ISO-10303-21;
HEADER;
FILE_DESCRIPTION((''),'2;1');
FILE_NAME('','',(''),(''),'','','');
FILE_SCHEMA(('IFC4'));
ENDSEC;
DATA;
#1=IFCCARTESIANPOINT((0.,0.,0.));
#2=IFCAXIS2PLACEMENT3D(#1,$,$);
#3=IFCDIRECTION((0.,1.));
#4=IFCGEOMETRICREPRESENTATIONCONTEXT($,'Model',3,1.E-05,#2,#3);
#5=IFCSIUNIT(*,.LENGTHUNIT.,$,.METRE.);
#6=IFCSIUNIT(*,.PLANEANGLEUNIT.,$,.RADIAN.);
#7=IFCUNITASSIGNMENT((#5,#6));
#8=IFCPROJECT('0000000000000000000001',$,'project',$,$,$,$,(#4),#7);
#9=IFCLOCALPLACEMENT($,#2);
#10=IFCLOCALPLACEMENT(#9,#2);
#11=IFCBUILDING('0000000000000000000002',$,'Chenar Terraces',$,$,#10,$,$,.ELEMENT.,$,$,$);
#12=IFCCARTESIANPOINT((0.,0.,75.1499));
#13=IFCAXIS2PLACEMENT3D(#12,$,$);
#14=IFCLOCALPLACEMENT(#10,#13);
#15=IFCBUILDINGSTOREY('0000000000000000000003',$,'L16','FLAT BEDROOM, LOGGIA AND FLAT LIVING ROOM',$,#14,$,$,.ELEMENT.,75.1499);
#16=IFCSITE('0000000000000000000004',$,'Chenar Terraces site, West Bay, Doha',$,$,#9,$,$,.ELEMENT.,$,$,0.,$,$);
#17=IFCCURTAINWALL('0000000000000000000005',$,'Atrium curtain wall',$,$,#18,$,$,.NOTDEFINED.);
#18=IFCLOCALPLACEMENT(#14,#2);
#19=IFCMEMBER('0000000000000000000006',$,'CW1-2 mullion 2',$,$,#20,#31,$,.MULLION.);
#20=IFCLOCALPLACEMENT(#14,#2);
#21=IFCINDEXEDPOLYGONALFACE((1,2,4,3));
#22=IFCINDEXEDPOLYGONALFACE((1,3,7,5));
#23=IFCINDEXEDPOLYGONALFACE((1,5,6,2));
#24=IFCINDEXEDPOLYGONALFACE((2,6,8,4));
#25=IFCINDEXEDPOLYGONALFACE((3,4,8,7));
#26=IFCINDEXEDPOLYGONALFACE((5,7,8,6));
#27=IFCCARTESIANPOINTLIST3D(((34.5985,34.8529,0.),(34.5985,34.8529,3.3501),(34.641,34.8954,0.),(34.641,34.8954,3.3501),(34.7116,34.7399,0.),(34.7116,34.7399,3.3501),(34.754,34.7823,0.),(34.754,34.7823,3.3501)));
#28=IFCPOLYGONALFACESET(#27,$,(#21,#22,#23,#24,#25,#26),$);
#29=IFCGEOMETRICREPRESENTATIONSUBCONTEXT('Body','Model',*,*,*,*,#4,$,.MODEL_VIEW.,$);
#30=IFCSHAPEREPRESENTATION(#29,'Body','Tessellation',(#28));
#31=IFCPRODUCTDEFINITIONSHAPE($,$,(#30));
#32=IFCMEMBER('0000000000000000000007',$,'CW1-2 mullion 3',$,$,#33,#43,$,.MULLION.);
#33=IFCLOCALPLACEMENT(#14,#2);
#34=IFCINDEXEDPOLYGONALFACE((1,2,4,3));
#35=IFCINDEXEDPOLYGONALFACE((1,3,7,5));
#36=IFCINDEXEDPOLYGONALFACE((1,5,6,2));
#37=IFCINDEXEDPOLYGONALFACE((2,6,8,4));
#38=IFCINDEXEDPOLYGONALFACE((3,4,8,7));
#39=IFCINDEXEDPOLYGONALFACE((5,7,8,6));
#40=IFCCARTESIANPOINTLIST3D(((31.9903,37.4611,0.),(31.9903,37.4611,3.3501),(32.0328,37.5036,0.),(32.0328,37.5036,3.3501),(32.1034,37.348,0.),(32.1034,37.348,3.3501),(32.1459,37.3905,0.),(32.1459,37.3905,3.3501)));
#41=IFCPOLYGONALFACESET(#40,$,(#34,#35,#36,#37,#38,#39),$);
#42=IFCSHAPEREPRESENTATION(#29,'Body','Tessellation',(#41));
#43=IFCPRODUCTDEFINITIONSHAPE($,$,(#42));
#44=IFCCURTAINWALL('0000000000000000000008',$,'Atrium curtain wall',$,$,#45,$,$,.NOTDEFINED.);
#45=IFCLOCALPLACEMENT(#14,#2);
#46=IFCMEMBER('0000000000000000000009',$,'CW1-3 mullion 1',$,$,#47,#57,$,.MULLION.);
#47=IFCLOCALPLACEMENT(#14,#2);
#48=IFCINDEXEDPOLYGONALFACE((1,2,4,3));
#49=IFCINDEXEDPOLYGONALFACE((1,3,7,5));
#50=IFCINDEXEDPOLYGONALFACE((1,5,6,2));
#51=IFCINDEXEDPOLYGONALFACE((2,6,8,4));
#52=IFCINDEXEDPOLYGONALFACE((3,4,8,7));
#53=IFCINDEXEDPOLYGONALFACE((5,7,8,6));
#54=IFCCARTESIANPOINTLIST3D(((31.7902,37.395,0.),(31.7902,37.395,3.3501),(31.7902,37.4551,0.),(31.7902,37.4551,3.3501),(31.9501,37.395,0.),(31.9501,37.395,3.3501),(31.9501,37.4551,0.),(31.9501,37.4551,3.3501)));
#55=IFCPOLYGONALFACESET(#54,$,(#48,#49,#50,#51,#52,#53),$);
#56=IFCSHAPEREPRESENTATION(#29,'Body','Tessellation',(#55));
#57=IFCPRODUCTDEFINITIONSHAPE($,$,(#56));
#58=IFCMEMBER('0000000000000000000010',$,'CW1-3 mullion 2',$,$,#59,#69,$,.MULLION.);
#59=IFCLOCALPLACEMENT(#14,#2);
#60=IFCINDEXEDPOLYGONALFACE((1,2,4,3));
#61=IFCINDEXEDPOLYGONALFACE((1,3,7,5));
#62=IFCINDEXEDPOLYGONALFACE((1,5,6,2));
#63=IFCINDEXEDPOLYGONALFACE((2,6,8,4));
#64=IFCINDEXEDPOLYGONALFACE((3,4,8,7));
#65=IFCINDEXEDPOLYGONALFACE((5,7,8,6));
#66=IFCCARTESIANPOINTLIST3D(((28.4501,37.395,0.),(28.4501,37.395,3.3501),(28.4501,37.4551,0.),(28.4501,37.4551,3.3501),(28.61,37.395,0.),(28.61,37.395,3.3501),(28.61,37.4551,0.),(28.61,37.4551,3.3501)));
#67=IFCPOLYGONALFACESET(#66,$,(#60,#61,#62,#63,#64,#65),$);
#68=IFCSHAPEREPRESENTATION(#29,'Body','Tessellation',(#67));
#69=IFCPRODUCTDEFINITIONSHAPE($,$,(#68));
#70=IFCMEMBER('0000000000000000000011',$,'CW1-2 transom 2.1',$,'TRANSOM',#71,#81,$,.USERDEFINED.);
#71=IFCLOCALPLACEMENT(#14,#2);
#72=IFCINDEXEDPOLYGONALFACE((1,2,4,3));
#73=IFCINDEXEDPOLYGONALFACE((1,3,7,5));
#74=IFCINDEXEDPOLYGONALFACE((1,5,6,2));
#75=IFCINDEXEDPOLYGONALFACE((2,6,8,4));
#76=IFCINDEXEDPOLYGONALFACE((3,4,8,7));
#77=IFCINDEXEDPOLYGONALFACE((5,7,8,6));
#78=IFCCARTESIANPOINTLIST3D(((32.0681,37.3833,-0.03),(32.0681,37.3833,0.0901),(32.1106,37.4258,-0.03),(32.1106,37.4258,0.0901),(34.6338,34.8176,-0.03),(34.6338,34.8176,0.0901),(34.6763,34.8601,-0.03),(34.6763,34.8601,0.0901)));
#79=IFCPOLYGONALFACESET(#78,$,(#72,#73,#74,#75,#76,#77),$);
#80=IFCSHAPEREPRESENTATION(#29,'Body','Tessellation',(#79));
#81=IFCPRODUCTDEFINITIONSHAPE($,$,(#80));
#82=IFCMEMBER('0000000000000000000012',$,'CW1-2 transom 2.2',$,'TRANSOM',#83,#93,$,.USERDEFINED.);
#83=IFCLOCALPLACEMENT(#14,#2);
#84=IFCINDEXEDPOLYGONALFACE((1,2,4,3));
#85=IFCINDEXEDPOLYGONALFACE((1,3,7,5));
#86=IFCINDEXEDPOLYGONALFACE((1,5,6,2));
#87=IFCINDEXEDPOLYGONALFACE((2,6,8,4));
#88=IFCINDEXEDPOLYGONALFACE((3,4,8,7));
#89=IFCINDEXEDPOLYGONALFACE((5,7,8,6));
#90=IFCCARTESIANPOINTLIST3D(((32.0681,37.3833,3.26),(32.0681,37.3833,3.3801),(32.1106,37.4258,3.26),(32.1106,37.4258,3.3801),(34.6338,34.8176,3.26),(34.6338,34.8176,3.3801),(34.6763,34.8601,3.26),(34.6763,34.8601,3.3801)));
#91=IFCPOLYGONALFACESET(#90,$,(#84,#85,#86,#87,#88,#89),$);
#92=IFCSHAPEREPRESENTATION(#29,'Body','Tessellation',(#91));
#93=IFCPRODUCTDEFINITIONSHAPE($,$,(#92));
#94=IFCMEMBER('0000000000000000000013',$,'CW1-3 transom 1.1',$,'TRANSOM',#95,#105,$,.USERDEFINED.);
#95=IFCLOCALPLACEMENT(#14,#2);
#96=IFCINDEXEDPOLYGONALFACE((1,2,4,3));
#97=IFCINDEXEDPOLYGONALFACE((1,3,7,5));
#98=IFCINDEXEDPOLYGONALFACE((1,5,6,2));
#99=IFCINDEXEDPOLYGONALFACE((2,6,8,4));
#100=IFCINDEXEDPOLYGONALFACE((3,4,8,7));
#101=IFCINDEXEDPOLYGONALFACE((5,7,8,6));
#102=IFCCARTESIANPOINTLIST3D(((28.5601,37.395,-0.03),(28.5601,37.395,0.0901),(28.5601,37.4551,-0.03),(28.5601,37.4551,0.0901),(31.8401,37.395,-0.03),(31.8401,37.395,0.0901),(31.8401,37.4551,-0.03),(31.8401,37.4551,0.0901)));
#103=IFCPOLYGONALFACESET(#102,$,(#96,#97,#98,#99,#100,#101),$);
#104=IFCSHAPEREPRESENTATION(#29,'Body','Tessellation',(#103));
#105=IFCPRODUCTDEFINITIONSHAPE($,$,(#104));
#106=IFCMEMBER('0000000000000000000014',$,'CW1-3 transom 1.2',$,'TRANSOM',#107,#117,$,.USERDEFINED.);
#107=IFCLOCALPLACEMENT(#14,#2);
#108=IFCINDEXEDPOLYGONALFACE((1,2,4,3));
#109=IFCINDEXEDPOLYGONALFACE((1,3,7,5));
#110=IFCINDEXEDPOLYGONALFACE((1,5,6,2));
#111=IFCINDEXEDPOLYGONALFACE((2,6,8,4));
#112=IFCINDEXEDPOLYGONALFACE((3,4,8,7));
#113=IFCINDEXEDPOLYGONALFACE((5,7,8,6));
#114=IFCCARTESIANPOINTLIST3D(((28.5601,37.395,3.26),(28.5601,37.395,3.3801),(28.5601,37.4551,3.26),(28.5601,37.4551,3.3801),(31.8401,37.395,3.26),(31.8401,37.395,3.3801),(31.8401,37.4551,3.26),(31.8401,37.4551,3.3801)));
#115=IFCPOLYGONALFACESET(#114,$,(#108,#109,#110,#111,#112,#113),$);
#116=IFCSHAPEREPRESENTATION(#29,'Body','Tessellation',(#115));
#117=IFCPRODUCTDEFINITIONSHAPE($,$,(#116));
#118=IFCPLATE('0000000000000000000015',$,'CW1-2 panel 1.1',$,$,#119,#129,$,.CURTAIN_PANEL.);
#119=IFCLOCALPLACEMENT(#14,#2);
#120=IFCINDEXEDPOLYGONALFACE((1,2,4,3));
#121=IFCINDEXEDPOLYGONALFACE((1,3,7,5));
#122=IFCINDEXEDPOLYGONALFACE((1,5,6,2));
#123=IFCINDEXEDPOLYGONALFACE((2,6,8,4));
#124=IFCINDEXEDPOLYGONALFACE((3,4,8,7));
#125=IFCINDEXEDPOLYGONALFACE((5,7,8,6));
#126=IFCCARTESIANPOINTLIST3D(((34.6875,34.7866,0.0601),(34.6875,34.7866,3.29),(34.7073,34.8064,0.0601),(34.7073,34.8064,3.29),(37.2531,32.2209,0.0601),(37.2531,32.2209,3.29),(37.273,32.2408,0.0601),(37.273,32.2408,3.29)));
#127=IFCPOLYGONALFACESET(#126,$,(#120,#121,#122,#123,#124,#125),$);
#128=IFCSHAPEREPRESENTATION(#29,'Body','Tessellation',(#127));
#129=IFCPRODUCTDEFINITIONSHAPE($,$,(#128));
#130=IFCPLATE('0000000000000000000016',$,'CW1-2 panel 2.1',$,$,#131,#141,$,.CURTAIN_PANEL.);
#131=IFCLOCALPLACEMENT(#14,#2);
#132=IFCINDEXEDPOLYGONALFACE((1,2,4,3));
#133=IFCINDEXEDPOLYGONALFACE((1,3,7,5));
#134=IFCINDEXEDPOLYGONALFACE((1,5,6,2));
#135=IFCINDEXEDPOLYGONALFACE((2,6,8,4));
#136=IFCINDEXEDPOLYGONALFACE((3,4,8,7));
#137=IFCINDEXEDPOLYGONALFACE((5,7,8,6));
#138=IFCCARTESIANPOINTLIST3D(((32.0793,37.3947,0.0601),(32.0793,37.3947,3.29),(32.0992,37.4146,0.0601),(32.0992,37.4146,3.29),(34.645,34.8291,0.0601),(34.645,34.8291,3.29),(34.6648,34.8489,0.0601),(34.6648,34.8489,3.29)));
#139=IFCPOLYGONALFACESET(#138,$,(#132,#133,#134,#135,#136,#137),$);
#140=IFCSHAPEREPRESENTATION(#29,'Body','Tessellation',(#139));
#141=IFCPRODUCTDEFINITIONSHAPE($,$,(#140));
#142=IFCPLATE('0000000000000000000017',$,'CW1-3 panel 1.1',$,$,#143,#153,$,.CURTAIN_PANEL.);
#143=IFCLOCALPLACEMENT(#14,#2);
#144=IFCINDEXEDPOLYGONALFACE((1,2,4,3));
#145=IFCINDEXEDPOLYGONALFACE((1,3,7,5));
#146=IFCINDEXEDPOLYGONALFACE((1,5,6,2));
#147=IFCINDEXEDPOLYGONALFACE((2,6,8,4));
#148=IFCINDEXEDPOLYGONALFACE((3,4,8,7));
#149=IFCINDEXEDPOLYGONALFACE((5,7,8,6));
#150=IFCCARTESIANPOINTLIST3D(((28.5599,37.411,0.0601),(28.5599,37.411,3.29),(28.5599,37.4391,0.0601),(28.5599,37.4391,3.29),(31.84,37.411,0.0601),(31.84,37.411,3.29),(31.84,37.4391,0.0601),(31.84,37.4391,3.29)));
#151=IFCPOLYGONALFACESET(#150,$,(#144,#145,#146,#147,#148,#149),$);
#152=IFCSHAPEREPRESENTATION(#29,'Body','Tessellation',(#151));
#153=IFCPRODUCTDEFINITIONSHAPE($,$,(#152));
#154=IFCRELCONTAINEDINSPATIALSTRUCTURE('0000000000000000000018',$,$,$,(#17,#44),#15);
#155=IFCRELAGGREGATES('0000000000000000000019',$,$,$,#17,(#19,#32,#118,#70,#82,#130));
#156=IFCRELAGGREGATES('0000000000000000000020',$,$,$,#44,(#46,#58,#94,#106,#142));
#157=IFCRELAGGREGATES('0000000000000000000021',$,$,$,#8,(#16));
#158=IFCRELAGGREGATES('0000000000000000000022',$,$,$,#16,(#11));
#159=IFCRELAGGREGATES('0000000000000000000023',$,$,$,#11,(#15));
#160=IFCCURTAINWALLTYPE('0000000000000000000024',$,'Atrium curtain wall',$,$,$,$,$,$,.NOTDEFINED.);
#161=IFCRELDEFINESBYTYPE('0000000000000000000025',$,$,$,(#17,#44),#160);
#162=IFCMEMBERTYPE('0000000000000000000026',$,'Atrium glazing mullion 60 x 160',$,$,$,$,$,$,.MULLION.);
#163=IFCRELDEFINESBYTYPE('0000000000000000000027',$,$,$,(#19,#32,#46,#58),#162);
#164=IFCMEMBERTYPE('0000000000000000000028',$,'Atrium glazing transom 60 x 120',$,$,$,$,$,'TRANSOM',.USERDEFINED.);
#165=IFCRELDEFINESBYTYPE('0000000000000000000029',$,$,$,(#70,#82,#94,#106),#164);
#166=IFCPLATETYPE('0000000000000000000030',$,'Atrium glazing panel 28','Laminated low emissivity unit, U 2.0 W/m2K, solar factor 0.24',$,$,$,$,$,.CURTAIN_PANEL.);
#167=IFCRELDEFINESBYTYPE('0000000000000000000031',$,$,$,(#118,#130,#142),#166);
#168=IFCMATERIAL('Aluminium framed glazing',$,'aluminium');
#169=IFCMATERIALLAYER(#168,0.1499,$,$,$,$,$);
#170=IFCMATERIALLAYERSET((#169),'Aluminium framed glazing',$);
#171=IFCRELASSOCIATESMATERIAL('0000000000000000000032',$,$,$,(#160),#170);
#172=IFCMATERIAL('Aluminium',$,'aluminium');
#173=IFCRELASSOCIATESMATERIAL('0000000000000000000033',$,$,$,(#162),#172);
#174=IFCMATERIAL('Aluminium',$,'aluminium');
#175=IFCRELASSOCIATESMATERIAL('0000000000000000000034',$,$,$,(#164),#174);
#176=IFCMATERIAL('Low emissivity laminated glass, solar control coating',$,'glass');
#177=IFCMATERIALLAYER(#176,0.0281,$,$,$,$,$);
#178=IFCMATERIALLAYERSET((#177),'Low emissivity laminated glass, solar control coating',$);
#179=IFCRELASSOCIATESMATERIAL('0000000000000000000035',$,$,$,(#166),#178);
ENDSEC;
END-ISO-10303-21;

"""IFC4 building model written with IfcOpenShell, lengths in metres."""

from ifc_helpers import new_model, si_unit, direction, frame, origin, origin_2d, place, context, subcontext, project, spatial, rectangle, extrude, material, layer, layer_set, material_profile, profile_set, type_object, element, aggregate, save


model = new_model("IFC4")

# Units and contexts
model_context = context("Model", 3, precision=1e-05, world=origin(), true_north=direction((0.0, 1.0)))
body_context = subcontext(model_context, "Body", "Model", "MODEL_VIEW")
ifc_project = project(units=[si_unit("LENGTHUNIT", "METRE"), si_unit("PLANEANGLEUNIT", "RADIAN")], contexts=[model_context])

# Site, building, storey
site_placement = place(None, origin())
site = spatial("IfcSite", under=ifc_project, at=site_placement, Name="Chenar Terraces site, West Bay, Doha", CompositionType="ELEMENT", RefElevation=0.0)
building_placement = place(site_placement, origin())
building = spatial("IfcBuilding", under=site, at=building_placement, Name="Chenar Terraces", CompositionType="ELEMENT")
storey_placement = place(building_placement, frame((0.0, 0.0, 75.1499)))
storey = spatial("IfcBuildingStorey", under=building, at=storey_placement, Name="L16", Description="FLAT BEDROOM, LOGGIA AND FLAT LIVING ROOM", CompositionType="ELEMENT", Elevation=75.1499)

# Curtain walls, members
ifc_material_1 = material(Name="Aluminium framed glazing", Category="aluminium")
ifc_layer_1 = layer(ifc_material_1, 0.1499)
ifc_layer_set_1 = layer_set([ifc_layer_1], Name="Aluminium framed glazing")
curtain_wall_type = type_object("IfcCurtainWallType", Name="Atrium curtain wall", PredefinedType="NOTDEFINED", material=ifc_layer_set_1)
placement = place(storey_placement, origin())
curtain_wall_1 = element("IfcCurtainWall", 1, at=placement, inside=storey, type_object=curtain_wall_type, Name="Atrium curtain wall", PredefinedType="NOTDEFINED")
ifc_material_2 = material(Name="Aluminium", Category="aluminium")
ifc_material_profile_1 = material_profile(ifc_material_2, rectangle(XDim=0.0601, YDim=0.1599, at=origin_2d()), Name="Atrium glazing mullion 60 x 160")
ifc_profile_set_1 = profile_set([ifc_material_profile_1], Name="Aluminium")
member_type_1 = type_object("IfcMemberType", Name="Atrium glazing mullion 60 x 160", PredefinedType="MULLION", material=ifc_profile_set_1)
member_1_placement = place(storey_placement, frame((34.6763, 34.8176, 0.0), z_axis=(0.0, 0.0, 1.0), x_axis=(-0.707107, -0.707107, 0.0)))
member_1 = element("IfcMember", 2, at=member_1_placement, type_object=member_type_1, Name="CW1-2 mullion 2", PredefinedType="MULLION", context=body_context, shape_type="SweptSolid", body=[
    extrude(rectangle(XDim=0.0601, YDim=0.1599, at=origin_2d()), origin(), (0.0, 0.0, 1.0), 3.3501),
])
member_2_placement = place(storey_placement, frame((32.0681, 37.4258, 0.0), z_axis=(0.0, 0.0, 1.0), x_axis=(-0.707107, -0.707107, 0.0)))
member_2 = element("IfcMember", 3, at=member_2_placement, type_object=member_type_1, Name="CW1-2 mullion 3", PredefinedType="MULLION", context=body_context, shape_type="SweptSolid", body=[
    extrude(rectangle(XDim=0.0601, YDim=0.1599, at=origin_2d()), origin(), (0.0, 0.0, 1.0), 3.3501),
])
curtain_wall_2 = element("IfcCurtainWall", 4, at=placement, inside=storey, type_object=curtain_wall_type, Name="Atrium curtain wall", PredefinedType="NOTDEFINED")
member_3_placement = place(storey_placement, frame((31.8701, 37.425, 0.0), z_axis=(0.0, 0.0, 1.0), x_axis=(0.0, -1.0, 0.0)))
member_3 = element("IfcMember", 5, at=member_3_placement, type_object=member_type_1, Name="CW1-3 mullion 1", PredefinedType="MULLION", context=body_context, shape_type="SweptSolid", body=[
    extrude(rectangle(XDim=0.0601, YDim=0.1599, at=origin_2d()), origin(), (0.0, 0.0, 1.0), 3.3501),
])
member_4_placement = place(storey_placement, frame((28.53, 37.425, 0.0), z_axis=(0.0, 0.0, 1.0), x_axis=(0.0, -1.0, 0.0)))
member_4 = element("IfcMember", 6, at=member_4_placement, type_object=member_type_1, Name="CW1-3 mullion 2", PredefinedType="MULLION", context=body_context, shape_type="SweptSolid", body=[
    extrude(rectangle(XDim=0.0601, YDim=0.1599, at=origin_2d()), origin(), (0.0, 0.0, 1.0), 3.3501),
])

# Members
ifc_material_3 = material(Name="Aluminium", Category="aluminium")
ifc_material_profile_2 = material_profile(ifc_material_3, rectangle(XDim=0.0601, YDim=0.1201, at=origin_2d()), Name="Atrium glazing transom 60 x 120")
ifc_profile_set_2 = profile_set([ifc_material_profile_2], Name="Aluminium")
member_type_2 = type_object("IfcMemberType", Name="Atrium glazing transom 60 x 120", ElementType="TRANSOM", PredefinedType="USERDEFINED", material=ifc_profile_set_2)
member_5_placement = place(storey_placement, frame((34.655, 34.8389, 0.03), z_axis=(-0.707107, 0.707107, 0.0), x_axis=(-0.707107, -0.707107, 0.0)))
member_5 = element("IfcMember", 7, at=member_5_placement, type_object=member_type_2, Name="CW1-2 transom 2.1", ObjectType="TRANSOM", PredefinedType="USERDEFINED", context=body_context, shape_type="SweptSolid", body=[
    extrude(rectangle(XDim=0.0601, YDim=0.1201, at=origin_2d()), origin(), (0.0, 0.0, 1.0), 3.6284),
])
member_6_placement = place(storey_placement, frame((34.655, 34.8389, 3.3201), z_axis=(-0.707107, 0.707107, 0.0), x_axis=(-0.707107, -0.707107, 0.0)))
member_6 = element("IfcMember", 8, at=member_6_placement, type_object=member_type_2, Name="CW1-2 transom 2.2", ObjectType="TRANSOM", PredefinedType="USERDEFINED", context=body_context, shape_type="SweptSolid", body=[
    extrude(rectangle(XDim=0.0601, YDim=0.1201, at=origin_2d()), origin(), (0.0, 0.0, 1.0), 3.6284),
])
member_7_placement = place(storey_placement, frame((31.8401, 37.425, 0.03), z_axis=(-1.0, 0.0, 0.0), x_axis=(0.0, -1.0, 0.0)))
member_7 = element("IfcMember", 9, at=member_7_placement, type_object=member_type_2, Name="CW1-3 transom 1.1", ObjectType="TRANSOM", PredefinedType="USERDEFINED", context=body_context, shape_type="SweptSolid", body=[
    extrude(rectangle(XDim=0.0601, YDim=0.1201, at=origin_2d()), origin(), (0.0, 0.0, 1.0), 3.28),
])
member_8_placement = place(storey_placement, frame((31.8401, 37.425, 3.3201), z_axis=(-1.0, 0.0, 0.0), x_axis=(0.0, -1.0, 0.0)))
member_8 = element("IfcMember", 10, at=member_8_placement, type_object=member_type_2, Name="CW1-3 transom 1.2", ObjectType="TRANSOM", PredefinedType="USERDEFINED", context=body_context, shape_type="SweptSolid", body=[
    extrude(rectangle(XDim=0.0601, YDim=0.1201, at=origin_2d()), origin(), (0.0, 0.0, 1.0), 3.28),
])

# Plates
ifc_material_4 = material(Name="Low emissivity laminated glass, solar control coating", Category="glass")
ifc_layer_2 = layer(ifc_material_4, 0.0281)
ifc_layer_set_2 = layer_set([ifc_layer_2], Name="Low emissivity laminated glass, solar control coating")
plate_type = type_object("IfcPlateType", Name="Atrium glazing panel 28", Description="Laminated low emissivity unit, U 2.0 W/m2K, solar factor 0.24", PredefinedType="CURTAIN_PANEL", material=ifc_layer_set_2)
plate_1_placement = place(storey_placement, frame((35.9802, 33.5137, 0.0601), z_axis=(0.0, 0.0, 1.0), x_axis=(-0.707107, 0.707107, 0.0)))
plate_1 = element("IfcPlate", 11, at=plate_1_placement, type_object=plate_type, Name="CW1-2 panel 1.1", PredefinedType="CURTAIN_PANEL", context=body_context, shape_type="SweptSolid", body=[
    extrude(rectangle(XDim=3.6284, YDim=0.0281, at=origin_2d()), origin(), (0.0, 0.0, 1.0), 3.23),
])
plate_2_placement = place(storey_placement, frame((33.3721, 36.1218, 0.0601), z_axis=(0.0, 0.0, 1.0), x_axis=(-0.707107, 0.707107, 0.0)))
plate_2 = element("IfcPlate", 12, at=plate_2_placement, type_object=plate_type, Name="CW1-2 panel 2.1", PredefinedType="CURTAIN_PANEL", context=body_context, shape_type="SweptSolid", body=[
    extrude(rectangle(XDim=3.6284, YDim=0.0281, at=origin_2d()), origin(), (0.0, 0.0, 1.0), 3.23),
])
aggregate(curtain_wall_1, [member_1, member_2, plate_1, member_5, member_6, plate_2])
plate_3_placement = place(storey_placement, frame((30.2, 37.425, 0.0601), z_axis=(0.0, 0.0, 1.0), x_axis=(-1.0, 0.0, 0.0)))
plate_3 = element("IfcPlate", 13, at=plate_3_placement, type_object=plate_type, Name="CW1-3 panel 1.1", PredefinedType="CURTAIN_PANEL", context=body_context, shape_type="SweptSolid", body=[
    extrude(rectangle(XDim=3.28, YDim=0.0281, at=origin_2d()), origin(), (0.0, 0.0, 1.0), 3.23),
])
aggregate(curtain_wall_2, [member_3, member_4, member_7, member_8, plate_3])

save(model, "model.ifc")
